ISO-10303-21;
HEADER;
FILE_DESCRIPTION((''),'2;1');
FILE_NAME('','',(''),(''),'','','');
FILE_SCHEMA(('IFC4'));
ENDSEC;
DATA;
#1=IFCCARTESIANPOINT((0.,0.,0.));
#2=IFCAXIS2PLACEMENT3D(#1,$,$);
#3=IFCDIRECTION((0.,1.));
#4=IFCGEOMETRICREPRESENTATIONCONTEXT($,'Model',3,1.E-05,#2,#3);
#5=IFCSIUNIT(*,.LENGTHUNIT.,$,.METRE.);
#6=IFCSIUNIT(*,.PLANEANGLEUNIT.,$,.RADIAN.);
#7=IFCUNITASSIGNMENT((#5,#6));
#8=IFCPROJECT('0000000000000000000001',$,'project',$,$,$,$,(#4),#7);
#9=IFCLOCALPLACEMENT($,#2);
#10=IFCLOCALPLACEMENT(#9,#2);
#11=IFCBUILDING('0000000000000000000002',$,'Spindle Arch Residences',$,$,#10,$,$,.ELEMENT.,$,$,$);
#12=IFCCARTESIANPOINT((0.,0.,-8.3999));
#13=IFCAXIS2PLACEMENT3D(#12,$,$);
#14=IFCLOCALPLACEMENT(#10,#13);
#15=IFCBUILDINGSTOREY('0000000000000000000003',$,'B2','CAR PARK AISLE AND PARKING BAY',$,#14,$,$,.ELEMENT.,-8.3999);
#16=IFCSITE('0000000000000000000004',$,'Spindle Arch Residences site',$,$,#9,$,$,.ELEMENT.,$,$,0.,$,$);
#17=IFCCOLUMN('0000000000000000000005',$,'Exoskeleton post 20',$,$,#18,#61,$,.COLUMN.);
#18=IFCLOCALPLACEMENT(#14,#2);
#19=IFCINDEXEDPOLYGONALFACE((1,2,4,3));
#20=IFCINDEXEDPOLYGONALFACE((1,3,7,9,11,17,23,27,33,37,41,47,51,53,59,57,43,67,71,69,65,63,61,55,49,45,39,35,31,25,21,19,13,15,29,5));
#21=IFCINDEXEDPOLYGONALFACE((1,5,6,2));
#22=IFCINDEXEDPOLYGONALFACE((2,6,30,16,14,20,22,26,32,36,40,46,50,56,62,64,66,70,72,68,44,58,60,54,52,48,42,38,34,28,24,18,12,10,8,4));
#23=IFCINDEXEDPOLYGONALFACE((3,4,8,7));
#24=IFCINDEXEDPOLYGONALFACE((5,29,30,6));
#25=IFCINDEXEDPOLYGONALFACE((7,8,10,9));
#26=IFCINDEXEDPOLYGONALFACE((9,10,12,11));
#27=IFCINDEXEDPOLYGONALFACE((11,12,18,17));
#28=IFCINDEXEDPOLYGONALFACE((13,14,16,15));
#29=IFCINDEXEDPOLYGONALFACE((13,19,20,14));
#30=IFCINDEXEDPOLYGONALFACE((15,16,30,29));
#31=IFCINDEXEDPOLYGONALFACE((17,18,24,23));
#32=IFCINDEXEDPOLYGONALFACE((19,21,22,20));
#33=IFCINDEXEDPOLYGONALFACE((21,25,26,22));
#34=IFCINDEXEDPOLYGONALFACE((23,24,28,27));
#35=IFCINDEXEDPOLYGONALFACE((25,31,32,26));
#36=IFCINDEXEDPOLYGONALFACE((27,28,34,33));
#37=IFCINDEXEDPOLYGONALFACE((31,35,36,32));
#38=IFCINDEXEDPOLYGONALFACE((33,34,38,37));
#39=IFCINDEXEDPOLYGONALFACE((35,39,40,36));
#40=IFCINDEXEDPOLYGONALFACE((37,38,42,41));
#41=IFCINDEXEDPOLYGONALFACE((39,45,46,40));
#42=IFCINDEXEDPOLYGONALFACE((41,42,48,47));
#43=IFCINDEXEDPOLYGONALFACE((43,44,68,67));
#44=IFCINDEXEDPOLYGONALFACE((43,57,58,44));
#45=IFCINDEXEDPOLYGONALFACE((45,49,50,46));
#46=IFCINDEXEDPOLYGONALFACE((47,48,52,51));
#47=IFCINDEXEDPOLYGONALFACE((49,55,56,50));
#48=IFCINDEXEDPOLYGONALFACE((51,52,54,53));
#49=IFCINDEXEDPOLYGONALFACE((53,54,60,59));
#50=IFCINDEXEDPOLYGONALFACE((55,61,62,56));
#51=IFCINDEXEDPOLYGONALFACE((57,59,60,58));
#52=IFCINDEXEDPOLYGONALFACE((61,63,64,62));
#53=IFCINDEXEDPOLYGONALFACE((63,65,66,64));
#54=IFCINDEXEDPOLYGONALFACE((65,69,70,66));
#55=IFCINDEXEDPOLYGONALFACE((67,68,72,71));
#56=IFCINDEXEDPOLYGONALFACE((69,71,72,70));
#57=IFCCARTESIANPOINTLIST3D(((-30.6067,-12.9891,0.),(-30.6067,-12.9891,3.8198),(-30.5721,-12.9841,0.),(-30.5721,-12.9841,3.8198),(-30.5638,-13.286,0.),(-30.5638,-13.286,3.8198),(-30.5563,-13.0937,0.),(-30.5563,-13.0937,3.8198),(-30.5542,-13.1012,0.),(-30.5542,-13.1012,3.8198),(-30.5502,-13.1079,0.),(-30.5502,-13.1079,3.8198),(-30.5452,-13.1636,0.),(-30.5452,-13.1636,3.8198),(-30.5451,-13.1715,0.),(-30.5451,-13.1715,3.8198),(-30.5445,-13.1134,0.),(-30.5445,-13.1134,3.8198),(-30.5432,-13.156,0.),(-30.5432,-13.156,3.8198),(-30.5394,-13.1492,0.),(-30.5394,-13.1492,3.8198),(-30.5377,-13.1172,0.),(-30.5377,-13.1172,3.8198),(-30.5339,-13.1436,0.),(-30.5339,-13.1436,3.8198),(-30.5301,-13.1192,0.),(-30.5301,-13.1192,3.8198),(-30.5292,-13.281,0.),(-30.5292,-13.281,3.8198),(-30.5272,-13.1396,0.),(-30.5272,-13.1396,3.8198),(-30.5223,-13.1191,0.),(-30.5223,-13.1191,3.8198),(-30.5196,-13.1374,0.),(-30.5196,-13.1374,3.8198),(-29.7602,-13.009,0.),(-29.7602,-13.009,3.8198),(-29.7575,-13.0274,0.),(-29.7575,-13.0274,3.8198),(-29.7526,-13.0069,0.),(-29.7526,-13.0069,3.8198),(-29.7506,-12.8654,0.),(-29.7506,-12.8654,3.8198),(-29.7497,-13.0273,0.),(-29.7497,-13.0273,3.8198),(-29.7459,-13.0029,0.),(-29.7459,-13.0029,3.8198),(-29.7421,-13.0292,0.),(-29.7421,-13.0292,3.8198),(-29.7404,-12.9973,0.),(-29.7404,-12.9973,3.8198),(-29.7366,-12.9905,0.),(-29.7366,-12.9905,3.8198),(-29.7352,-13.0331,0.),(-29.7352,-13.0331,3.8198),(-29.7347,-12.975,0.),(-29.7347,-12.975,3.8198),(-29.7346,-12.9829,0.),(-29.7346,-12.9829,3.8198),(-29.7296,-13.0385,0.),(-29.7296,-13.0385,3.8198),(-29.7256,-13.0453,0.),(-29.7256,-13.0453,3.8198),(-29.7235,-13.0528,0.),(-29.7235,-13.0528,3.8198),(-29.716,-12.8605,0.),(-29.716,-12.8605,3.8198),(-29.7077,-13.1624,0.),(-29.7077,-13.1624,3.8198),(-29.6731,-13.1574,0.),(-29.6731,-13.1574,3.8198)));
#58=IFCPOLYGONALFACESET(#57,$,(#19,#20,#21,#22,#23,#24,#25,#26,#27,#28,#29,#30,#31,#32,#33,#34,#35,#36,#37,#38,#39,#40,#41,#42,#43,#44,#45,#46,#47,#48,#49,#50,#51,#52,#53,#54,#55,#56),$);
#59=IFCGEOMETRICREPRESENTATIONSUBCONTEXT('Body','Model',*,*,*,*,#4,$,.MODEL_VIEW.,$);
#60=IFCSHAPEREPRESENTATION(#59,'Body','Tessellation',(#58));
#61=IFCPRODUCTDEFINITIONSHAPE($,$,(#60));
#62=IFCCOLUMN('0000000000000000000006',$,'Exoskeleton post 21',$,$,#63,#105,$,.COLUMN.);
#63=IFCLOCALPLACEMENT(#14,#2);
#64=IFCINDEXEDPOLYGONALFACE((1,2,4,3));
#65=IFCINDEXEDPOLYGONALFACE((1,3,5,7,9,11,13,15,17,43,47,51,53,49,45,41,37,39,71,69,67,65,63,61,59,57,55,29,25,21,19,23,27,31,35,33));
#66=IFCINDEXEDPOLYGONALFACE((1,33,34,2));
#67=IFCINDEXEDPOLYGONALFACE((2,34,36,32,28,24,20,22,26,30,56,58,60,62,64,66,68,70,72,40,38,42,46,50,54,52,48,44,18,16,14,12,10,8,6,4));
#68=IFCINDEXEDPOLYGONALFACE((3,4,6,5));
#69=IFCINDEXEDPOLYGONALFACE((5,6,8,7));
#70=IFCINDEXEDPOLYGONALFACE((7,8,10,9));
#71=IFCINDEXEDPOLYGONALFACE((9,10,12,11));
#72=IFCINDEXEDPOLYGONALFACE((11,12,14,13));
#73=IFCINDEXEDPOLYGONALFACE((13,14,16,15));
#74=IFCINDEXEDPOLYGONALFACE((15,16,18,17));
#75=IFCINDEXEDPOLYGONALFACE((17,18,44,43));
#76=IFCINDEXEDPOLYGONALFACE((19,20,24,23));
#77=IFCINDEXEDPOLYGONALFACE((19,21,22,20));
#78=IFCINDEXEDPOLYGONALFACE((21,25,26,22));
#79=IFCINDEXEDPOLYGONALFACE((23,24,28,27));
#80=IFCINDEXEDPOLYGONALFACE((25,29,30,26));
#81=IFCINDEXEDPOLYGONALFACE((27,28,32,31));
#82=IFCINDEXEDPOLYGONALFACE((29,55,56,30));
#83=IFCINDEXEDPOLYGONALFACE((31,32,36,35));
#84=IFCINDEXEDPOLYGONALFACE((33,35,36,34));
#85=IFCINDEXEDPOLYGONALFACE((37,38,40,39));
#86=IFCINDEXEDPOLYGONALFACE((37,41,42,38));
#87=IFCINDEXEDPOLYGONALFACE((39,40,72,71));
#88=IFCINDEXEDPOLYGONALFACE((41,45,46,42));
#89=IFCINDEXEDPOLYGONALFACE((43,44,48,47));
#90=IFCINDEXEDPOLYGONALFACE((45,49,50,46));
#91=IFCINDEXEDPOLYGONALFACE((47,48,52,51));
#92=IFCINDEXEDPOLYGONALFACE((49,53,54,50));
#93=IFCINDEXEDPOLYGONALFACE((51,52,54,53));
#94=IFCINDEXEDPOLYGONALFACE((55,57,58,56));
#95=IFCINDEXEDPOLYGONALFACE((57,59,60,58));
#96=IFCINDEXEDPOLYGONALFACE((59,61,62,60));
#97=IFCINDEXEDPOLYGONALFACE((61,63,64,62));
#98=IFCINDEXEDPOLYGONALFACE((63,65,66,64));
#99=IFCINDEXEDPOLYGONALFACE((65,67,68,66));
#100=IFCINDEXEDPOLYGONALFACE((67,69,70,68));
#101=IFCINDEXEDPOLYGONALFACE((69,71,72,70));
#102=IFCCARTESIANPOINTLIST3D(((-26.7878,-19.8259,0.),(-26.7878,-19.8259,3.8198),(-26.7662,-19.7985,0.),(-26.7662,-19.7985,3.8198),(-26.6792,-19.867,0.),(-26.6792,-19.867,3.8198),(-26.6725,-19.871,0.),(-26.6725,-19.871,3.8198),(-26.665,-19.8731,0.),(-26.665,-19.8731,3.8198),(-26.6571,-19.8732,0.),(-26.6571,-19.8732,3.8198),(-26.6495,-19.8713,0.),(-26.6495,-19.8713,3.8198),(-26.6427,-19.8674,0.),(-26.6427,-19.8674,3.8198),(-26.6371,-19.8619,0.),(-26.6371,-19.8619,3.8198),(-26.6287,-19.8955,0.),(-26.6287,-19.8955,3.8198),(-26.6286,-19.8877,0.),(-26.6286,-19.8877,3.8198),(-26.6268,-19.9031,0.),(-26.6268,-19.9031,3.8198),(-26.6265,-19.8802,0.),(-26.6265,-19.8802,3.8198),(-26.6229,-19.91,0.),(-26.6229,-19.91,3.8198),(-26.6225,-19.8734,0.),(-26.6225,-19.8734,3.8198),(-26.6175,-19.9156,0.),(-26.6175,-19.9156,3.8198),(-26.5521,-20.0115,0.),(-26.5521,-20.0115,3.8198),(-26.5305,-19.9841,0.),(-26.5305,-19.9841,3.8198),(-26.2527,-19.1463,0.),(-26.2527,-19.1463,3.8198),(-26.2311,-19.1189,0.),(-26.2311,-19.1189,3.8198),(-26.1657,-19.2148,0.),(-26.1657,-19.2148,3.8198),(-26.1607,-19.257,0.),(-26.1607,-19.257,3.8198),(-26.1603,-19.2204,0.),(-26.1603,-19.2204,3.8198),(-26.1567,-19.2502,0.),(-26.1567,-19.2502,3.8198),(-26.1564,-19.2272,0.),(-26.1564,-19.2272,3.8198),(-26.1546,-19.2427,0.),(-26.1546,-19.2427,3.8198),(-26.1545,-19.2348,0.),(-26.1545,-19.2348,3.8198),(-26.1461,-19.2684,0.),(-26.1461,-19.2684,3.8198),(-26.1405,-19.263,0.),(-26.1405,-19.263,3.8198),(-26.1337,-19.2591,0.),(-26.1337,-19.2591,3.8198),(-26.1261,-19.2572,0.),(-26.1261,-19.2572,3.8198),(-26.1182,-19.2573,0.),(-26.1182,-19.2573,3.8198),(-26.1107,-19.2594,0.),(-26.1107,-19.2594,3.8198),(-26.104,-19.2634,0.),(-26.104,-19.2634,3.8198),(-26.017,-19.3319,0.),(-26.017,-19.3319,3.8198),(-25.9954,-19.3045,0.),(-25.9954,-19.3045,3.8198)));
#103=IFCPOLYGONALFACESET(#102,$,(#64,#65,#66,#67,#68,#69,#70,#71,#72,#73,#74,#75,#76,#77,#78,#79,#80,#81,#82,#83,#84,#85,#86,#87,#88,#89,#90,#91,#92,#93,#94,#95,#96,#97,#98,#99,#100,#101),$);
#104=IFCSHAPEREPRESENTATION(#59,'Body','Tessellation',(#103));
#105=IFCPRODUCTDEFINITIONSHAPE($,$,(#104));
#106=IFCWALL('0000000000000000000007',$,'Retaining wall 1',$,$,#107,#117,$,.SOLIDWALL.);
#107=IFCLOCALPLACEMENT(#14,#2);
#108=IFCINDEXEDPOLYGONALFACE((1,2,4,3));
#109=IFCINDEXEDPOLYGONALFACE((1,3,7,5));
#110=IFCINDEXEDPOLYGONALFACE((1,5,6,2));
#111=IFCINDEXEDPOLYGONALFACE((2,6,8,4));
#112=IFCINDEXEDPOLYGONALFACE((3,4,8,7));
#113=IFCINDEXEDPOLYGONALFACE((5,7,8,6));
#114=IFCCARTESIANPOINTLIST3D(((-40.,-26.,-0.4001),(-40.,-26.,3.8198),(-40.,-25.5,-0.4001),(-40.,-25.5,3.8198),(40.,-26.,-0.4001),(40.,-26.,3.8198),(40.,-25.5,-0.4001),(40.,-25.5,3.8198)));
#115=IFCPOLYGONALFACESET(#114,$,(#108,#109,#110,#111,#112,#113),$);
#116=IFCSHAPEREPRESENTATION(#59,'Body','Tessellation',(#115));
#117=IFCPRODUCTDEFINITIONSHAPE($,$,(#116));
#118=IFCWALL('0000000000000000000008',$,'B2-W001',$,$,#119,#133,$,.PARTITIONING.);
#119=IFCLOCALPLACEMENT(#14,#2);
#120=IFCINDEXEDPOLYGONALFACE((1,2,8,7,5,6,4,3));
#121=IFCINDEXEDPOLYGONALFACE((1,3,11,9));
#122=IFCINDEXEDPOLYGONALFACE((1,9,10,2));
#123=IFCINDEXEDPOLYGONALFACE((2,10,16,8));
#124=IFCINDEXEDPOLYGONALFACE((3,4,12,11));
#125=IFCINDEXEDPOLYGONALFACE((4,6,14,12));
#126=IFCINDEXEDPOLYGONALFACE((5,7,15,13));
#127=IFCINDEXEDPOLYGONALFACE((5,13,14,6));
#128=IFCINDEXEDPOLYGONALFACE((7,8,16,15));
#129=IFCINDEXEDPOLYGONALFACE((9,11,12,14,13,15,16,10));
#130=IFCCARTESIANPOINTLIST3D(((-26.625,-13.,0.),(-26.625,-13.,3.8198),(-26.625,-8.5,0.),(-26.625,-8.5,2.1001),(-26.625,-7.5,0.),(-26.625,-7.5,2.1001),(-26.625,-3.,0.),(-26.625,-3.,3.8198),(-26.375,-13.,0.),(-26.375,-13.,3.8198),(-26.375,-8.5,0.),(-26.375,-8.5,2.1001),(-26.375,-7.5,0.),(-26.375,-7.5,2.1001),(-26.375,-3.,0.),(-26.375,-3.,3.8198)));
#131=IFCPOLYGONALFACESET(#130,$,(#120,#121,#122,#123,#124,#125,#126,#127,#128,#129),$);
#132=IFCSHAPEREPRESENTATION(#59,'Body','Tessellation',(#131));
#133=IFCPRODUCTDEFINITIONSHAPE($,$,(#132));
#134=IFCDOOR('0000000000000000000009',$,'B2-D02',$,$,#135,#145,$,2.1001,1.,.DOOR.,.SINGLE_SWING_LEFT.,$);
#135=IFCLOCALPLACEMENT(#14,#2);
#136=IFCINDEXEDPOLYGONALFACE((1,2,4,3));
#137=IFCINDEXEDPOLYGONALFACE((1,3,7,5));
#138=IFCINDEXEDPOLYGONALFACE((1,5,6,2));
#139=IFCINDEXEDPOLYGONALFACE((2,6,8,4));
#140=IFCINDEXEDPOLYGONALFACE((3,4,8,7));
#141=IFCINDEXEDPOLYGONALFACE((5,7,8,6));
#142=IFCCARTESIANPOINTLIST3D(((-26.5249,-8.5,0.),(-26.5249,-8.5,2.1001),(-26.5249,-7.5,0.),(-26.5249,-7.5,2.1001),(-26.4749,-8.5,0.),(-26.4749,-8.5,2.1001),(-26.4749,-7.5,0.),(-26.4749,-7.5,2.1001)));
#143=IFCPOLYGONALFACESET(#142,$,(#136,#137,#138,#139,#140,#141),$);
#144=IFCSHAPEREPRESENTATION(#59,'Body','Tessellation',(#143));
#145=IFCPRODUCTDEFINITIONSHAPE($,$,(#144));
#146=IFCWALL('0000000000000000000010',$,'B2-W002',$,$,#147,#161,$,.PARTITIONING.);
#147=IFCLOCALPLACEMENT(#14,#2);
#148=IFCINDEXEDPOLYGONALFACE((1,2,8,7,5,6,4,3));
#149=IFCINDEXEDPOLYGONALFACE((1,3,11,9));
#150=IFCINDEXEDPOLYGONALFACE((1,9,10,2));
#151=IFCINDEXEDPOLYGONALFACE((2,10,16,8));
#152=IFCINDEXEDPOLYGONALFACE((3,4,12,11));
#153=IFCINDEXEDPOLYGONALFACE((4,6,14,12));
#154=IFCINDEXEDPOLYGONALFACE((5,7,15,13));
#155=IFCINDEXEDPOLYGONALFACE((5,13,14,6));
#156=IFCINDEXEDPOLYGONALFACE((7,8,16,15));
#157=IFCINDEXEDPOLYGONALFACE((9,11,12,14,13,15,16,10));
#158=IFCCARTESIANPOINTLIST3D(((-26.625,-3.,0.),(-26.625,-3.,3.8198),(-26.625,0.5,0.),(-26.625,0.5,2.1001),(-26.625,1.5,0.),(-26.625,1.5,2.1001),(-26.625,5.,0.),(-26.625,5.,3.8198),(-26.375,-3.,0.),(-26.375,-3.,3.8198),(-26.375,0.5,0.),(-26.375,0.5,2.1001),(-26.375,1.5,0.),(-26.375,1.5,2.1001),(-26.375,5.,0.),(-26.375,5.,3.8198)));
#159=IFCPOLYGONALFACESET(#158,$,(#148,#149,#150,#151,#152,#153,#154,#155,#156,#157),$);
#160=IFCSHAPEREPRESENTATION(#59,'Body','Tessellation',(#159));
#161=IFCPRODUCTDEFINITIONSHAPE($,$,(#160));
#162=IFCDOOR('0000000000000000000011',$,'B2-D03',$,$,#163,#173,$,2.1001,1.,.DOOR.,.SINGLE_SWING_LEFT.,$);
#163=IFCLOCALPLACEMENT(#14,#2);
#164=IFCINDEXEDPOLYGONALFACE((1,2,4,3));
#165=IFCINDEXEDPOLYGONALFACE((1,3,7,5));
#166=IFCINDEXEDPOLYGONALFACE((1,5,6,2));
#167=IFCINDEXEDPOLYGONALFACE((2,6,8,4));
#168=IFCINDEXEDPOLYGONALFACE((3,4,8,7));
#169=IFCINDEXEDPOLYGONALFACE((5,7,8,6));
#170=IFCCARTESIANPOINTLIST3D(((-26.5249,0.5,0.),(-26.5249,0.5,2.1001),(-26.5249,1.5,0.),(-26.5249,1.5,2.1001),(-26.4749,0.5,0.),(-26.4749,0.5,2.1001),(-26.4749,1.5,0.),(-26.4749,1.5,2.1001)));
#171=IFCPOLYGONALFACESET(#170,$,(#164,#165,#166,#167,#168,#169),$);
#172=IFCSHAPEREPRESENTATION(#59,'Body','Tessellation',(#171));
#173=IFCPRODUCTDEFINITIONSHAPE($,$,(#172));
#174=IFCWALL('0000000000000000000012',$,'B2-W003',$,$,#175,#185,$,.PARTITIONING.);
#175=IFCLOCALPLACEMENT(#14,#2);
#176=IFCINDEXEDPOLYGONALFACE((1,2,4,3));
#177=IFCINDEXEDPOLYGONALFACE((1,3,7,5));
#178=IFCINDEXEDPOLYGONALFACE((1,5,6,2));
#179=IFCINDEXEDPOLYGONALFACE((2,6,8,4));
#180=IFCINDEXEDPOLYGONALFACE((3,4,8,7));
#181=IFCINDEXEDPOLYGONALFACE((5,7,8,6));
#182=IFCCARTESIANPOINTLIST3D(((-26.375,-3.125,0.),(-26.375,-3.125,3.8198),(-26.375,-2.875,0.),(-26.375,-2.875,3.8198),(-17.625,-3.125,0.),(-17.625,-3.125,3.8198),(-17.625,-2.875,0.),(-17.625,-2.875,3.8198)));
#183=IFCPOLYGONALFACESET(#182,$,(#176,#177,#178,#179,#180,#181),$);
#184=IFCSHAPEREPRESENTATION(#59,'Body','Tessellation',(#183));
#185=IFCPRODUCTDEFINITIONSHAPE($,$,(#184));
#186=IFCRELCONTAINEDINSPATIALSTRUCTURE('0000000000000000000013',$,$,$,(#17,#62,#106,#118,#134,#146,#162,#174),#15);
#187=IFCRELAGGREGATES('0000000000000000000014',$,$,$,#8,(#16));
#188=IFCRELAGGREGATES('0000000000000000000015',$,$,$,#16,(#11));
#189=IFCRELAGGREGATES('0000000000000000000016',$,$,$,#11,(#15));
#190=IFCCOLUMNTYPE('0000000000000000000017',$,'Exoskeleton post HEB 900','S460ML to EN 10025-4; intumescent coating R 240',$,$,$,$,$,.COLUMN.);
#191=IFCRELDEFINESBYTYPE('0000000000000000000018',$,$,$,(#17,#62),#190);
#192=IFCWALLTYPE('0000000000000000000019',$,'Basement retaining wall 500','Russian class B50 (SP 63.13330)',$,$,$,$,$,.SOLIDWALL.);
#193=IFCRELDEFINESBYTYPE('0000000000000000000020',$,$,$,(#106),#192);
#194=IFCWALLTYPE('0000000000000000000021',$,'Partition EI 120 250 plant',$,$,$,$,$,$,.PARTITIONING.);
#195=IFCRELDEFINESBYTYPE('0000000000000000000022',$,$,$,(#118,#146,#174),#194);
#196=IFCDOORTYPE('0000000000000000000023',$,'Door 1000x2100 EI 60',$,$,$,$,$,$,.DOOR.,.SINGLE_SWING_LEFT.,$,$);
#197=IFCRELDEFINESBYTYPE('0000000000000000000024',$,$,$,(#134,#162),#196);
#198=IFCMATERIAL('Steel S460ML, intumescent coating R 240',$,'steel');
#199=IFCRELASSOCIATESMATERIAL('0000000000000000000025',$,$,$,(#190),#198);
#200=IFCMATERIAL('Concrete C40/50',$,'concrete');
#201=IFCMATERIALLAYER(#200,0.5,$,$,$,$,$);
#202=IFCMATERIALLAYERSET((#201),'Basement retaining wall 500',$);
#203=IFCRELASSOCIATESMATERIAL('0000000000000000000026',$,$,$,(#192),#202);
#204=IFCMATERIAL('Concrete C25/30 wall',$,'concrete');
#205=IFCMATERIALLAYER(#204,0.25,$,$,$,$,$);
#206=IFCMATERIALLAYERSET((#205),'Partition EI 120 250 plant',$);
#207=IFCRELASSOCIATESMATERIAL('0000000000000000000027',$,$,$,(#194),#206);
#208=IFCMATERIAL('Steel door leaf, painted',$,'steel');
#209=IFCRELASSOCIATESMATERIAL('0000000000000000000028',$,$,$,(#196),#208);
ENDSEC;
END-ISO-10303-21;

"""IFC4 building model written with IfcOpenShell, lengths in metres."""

from ifc_helpers import new_model, si_unit, direction, frame, frame_2d, origin, origin_2d, place, context, subcontext, project, spatial, rectangle, i_section, extrude, material, layer, layer_set, material_profile, profile_set, type_object, element, fill, save


model = new_model("IFC4")

# Units and contexts
model_context = context("Model", 3, precision=1e-05, world=origin(), true_north=direction((0.0, 1.0)))
body_context = subcontext(model_context, "Body", "Model", "MODEL_VIEW")
ifc_project = project(units=[si_unit("LENGTHUNIT", "METRE"), si_unit("PLANEANGLEUNIT", "RADIAN")], contexts=[model_context])

# Site, building, storey
site_placement = place(None, origin())
site = spatial("IfcSite", under=ifc_project, at=site_placement, Name="Spindle Arch Residences site", CompositionType="ELEMENT", RefElevation=0.0)
building_placement = place(site_placement, origin())
building = spatial("IfcBuilding", under=site, at=building_placement, Name="Spindle Arch Residences", CompositionType="ELEMENT")
storey_placement = place(building_placement, frame((0.0, 0.0, -8.3999)))
storey = spatial("IfcBuildingStorey", under=building, at=storey_placement, Name="B2", Description="CAR PARK AISLE AND PARKING BAY", CompositionType="ELEMENT", Elevation=-8.3999)

# Columns
ifc_material_1 = material(Name="Steel S460ML, intumescent coating R 240", Category="steel")
ifc_material_profile_1 = material_profile(ifc_material_1, i_section(OverallWidth=0.3, OverallDepth=0.8999, WebThickness=0.0186, FlangeThickness=0.0349, FilletRadius=0.03, at=origin_2d()), Name="HEB 900")
ifc_profile_set_1 = profile_set([ifc_material_profile_1], Name="Steel S460ML, intumescent coating R 240")
column_type = type_object("IfcColumnType", Name="Exoskeleton post HEB 900", Description="S460ML to EN 10025-4; intumescent coating R 240", PredefinedType="COLUMN", material=ifc_profile_set_1)
for number, where, z_axis, x_axis, name in (
    (1, (-30.1399, -13.0732, 0.0), (0.0, 0.0, 1.0), (-0.142906, 0.989736, 0.0), "Exoskeleton post 20"),
    (2, (-26.3916, -19.5652, 0.0), (0.0, 0.0, 1.0), (-0.785684, 0.618629, 0.0), "Exoskeleton post 21"),
):
    element("IfcColumn", number, at=place(storey_placement, frame(where, z_axis=z_axis, x_axis=x_axis)), inside=storey, type_object=column_type, Name=name, PredefinedType="COLUMN", context=body_context, shape_type="SweptSolid", body=[
        extrude(i_section(OverallWidth=0.3, OverallDepth=0.8999, WebThickness=0.0186, FlangeThickness=0.0349, FilletRadius=0.03, at=origin_2d()), origin(), (0.0, 0.0, 1.0), 3.8198),
    ])

# Wall
ifc_material_2 = material(Name="Concrete C40/50", Category="concrete")
ifc_layer_1 = layer(ifc_material_2, 0.5)
ifc_layer_set_1 = layer_set([ifc_layer_1], Name="Basement retaining wall 500")
wall_type_1 = type_object("IfcWallType", Name="Basement retaining wall 500", Description="Russian class B50 (SP 63.13330)", PredefinedType="SOLIDWALL", material=ifc_layer_set_1)
wall_1_placement = place(storey_placement, frame((-40.0, -25.75, -0.4001), z_axis=(0.0, 0.0, 1.0), x_axis=(1.0, 0.0, 0.0)))
element("IfcWall", 3, at=wall_1_placement, inside=storey, type_object=wall_type_1, Name="Retaining wall 1", PredefinedType="SOLIDWALL", context=body_context, shape_type="SweptSolid", body=[
    extrude(rectangle(XDim=80.0, YDim=0.5, at=frame_2d((40.0, 0.0))), origin(), (0.0, 0.0, 1.0), 4.22),
])

# Walls, openings, doors
ifc_material_3 = material(Name="Concrete C25/30 wall", Category="concrete")
ifc_layer_2 = layer(ifc_material_3, 0.25)
ifc_layer_set_2 = layer_set([ifc_layer_2], Name="Partition EI 120 250 plant")
wall_type_2 = type_object("IfcWallType", Name="Partition EI 120 250 plant", PredefinedType="PARTITIONING", material=ifc_layer_set_2)
wall_2_placement = place(storey_placement, frame((-26.5, -13.0, 0.0), z_axis=(0.0, 0.0, 1.0), x_axis=(0.0, 1.0, 0.0)))
wall_2 = element("IfcWall", 4, at=wall_2_placement, inside=storey, type_object=wall_type_2, Name="B2-W001", PredefinedType="PARTITIONING", context=body_context, shape_type="SweptSolid", body=[
    extrude(rectangle(XDim=10.0, YDim=0.25, at=frame_2d((5.0, 0.0))), origin(), (0.0, 0.0, 1.0), 3.8198),
])
opening_1_placement = place(wall_2_placement, frame((4.5, 0.0, 0.0)))
opening_1 = element("IfcOpeningElement", 5, at=opening_1_placement, cuts=wall_2, PredefinedType="OPENING", context=body_context, shape_type="SweptSolid", body=[
    extrude(rectangle(XDim=1.0, YDim=2.1001, at=frame_2d((0.5, 1.05))), frame((0.0, 0.135, 0.0), z_axis=(0.0, -1.0, 0.0), x_axis=(1.0, 0.0, 0.0)), (0.0, 0.0, 1.0), 0.27),
])
ifc_material_4 = material(Name="Steel door leaf, painted", Category="steel")
door_type = type_object("IfcDoorType", Name="Door 1000x2100 EI 60", OperationType="SINGLE_SWING_LEFT", PredefinedType="DOOR", material=ifc_material_4)
door_1_placement = place(opening_1_placement, origin())
door_1 = element("IfcDoor", 6, at=door_1_placement, inside=storey, type_object=door_type, Name="B2-D02", OperationType="SINGLE_SWING_LEFT", OverallHeight=2.1001, OverallWidth=1.0, PredefinedType="DOOR", context=body_context, shape_type="SweptSolid", body=[
    extrude(rectangle(XDim=1.0, YDim=2.1001, at=frame_2d((0.5, 1.05))), frame((0.0, 0.0249, 0.0), z_axis=(0.0, -1.0, 0.0), x_axis=(1.0, 0.0, 0.0)), (0.0, 0.0, 1.0), 0.05),
])
fill(opening_1, door_1)
wall_3_placement = place(storey_placement, frame((-26.5, -3.0, 0.0), z_axis=(0.0, 0.0, 1.0), x_axis=(0.0, 1.0, 0.0)))
wall_3 = element("IfcWall", 7, at=wall_3_placement, inside=storey, type_object=wall_type_2, Name="B2-W002", PredefinedType="PARTITIONING", context=body_context, shape_type="SweptSolid", body=[
    extrude(rectangle(XDim=8.0, YDim=0.25, at=frame_2d((4.0, 0.0))), origin(), (0.0, 0.0, 1.0), 3.8198),
])
opening_2_placement = place(wall_3_placement, frame((3.5, 0.0, 0.0)))
opening_2 = element("IfcOpeningElement", 8, at=opening_2_placement, cuts=wall_3, PredefinedType="OPENING", context=body_context, shape_type="SweptSolid", body=[
    extrude(rectangle(XDim=1.0, YDim=2.1001, at=frame_2d((0.5, 1.05))), frame((0.0, 0.135, 0.0), z_axis=(0.0, -1.0, 0.0), x_axis=(1.0, 0.0, 0.0)), (0.0, 0.0, 1.0), 0.27),
])
door_2_placement = place(opening_2_placement, origin())
door_2 = element("IfcDoor", 9, at=door_2_placement, inside=storey, type_object=door_type, Name="B2-D03", OperationType="SINGLE_SWING_LEFT", OverallHeight=2.1001, OverallWidth=1.0, PredefinedType="DOOR", context=body_context, shape_type="SweptSolid", body=[
    extrude(rectangle(XDim=1.0, YDim=2.1001, at=frame_2d((0.5, 1.05))), frame((0.0, 0.0249, 0.0), z_axis=(0.0, -1.0, 0.0), x_axis=(1.0, 0.0, 0.0)), (0.0, 0.0, 1.0), 0.05),
])
fill(opening_2, door_2)

# Wall
wall_4_placement = place(storey_placement, frame((-26.375, -3.0, 0.0), z_axis=(0.0, 0.0, 1.0), x_axis=(1.0, 0.0, 0.0)))
element("IfcWall", 10, at=wall_4_placement, inside=storey, type_object=wall_type_2, Name="B2-W003", PredefinedType="PARTITIONING", context=body_context, shape_type="SweptSolid", body=[
    extrude(rectangle(XDim=8.75, YDim=0.25, at=frame_2d((4.375, 0.0))), origin(), (0.0, 0.0, 1.0), 3.8198),
])

save(model, "model.ifc")
